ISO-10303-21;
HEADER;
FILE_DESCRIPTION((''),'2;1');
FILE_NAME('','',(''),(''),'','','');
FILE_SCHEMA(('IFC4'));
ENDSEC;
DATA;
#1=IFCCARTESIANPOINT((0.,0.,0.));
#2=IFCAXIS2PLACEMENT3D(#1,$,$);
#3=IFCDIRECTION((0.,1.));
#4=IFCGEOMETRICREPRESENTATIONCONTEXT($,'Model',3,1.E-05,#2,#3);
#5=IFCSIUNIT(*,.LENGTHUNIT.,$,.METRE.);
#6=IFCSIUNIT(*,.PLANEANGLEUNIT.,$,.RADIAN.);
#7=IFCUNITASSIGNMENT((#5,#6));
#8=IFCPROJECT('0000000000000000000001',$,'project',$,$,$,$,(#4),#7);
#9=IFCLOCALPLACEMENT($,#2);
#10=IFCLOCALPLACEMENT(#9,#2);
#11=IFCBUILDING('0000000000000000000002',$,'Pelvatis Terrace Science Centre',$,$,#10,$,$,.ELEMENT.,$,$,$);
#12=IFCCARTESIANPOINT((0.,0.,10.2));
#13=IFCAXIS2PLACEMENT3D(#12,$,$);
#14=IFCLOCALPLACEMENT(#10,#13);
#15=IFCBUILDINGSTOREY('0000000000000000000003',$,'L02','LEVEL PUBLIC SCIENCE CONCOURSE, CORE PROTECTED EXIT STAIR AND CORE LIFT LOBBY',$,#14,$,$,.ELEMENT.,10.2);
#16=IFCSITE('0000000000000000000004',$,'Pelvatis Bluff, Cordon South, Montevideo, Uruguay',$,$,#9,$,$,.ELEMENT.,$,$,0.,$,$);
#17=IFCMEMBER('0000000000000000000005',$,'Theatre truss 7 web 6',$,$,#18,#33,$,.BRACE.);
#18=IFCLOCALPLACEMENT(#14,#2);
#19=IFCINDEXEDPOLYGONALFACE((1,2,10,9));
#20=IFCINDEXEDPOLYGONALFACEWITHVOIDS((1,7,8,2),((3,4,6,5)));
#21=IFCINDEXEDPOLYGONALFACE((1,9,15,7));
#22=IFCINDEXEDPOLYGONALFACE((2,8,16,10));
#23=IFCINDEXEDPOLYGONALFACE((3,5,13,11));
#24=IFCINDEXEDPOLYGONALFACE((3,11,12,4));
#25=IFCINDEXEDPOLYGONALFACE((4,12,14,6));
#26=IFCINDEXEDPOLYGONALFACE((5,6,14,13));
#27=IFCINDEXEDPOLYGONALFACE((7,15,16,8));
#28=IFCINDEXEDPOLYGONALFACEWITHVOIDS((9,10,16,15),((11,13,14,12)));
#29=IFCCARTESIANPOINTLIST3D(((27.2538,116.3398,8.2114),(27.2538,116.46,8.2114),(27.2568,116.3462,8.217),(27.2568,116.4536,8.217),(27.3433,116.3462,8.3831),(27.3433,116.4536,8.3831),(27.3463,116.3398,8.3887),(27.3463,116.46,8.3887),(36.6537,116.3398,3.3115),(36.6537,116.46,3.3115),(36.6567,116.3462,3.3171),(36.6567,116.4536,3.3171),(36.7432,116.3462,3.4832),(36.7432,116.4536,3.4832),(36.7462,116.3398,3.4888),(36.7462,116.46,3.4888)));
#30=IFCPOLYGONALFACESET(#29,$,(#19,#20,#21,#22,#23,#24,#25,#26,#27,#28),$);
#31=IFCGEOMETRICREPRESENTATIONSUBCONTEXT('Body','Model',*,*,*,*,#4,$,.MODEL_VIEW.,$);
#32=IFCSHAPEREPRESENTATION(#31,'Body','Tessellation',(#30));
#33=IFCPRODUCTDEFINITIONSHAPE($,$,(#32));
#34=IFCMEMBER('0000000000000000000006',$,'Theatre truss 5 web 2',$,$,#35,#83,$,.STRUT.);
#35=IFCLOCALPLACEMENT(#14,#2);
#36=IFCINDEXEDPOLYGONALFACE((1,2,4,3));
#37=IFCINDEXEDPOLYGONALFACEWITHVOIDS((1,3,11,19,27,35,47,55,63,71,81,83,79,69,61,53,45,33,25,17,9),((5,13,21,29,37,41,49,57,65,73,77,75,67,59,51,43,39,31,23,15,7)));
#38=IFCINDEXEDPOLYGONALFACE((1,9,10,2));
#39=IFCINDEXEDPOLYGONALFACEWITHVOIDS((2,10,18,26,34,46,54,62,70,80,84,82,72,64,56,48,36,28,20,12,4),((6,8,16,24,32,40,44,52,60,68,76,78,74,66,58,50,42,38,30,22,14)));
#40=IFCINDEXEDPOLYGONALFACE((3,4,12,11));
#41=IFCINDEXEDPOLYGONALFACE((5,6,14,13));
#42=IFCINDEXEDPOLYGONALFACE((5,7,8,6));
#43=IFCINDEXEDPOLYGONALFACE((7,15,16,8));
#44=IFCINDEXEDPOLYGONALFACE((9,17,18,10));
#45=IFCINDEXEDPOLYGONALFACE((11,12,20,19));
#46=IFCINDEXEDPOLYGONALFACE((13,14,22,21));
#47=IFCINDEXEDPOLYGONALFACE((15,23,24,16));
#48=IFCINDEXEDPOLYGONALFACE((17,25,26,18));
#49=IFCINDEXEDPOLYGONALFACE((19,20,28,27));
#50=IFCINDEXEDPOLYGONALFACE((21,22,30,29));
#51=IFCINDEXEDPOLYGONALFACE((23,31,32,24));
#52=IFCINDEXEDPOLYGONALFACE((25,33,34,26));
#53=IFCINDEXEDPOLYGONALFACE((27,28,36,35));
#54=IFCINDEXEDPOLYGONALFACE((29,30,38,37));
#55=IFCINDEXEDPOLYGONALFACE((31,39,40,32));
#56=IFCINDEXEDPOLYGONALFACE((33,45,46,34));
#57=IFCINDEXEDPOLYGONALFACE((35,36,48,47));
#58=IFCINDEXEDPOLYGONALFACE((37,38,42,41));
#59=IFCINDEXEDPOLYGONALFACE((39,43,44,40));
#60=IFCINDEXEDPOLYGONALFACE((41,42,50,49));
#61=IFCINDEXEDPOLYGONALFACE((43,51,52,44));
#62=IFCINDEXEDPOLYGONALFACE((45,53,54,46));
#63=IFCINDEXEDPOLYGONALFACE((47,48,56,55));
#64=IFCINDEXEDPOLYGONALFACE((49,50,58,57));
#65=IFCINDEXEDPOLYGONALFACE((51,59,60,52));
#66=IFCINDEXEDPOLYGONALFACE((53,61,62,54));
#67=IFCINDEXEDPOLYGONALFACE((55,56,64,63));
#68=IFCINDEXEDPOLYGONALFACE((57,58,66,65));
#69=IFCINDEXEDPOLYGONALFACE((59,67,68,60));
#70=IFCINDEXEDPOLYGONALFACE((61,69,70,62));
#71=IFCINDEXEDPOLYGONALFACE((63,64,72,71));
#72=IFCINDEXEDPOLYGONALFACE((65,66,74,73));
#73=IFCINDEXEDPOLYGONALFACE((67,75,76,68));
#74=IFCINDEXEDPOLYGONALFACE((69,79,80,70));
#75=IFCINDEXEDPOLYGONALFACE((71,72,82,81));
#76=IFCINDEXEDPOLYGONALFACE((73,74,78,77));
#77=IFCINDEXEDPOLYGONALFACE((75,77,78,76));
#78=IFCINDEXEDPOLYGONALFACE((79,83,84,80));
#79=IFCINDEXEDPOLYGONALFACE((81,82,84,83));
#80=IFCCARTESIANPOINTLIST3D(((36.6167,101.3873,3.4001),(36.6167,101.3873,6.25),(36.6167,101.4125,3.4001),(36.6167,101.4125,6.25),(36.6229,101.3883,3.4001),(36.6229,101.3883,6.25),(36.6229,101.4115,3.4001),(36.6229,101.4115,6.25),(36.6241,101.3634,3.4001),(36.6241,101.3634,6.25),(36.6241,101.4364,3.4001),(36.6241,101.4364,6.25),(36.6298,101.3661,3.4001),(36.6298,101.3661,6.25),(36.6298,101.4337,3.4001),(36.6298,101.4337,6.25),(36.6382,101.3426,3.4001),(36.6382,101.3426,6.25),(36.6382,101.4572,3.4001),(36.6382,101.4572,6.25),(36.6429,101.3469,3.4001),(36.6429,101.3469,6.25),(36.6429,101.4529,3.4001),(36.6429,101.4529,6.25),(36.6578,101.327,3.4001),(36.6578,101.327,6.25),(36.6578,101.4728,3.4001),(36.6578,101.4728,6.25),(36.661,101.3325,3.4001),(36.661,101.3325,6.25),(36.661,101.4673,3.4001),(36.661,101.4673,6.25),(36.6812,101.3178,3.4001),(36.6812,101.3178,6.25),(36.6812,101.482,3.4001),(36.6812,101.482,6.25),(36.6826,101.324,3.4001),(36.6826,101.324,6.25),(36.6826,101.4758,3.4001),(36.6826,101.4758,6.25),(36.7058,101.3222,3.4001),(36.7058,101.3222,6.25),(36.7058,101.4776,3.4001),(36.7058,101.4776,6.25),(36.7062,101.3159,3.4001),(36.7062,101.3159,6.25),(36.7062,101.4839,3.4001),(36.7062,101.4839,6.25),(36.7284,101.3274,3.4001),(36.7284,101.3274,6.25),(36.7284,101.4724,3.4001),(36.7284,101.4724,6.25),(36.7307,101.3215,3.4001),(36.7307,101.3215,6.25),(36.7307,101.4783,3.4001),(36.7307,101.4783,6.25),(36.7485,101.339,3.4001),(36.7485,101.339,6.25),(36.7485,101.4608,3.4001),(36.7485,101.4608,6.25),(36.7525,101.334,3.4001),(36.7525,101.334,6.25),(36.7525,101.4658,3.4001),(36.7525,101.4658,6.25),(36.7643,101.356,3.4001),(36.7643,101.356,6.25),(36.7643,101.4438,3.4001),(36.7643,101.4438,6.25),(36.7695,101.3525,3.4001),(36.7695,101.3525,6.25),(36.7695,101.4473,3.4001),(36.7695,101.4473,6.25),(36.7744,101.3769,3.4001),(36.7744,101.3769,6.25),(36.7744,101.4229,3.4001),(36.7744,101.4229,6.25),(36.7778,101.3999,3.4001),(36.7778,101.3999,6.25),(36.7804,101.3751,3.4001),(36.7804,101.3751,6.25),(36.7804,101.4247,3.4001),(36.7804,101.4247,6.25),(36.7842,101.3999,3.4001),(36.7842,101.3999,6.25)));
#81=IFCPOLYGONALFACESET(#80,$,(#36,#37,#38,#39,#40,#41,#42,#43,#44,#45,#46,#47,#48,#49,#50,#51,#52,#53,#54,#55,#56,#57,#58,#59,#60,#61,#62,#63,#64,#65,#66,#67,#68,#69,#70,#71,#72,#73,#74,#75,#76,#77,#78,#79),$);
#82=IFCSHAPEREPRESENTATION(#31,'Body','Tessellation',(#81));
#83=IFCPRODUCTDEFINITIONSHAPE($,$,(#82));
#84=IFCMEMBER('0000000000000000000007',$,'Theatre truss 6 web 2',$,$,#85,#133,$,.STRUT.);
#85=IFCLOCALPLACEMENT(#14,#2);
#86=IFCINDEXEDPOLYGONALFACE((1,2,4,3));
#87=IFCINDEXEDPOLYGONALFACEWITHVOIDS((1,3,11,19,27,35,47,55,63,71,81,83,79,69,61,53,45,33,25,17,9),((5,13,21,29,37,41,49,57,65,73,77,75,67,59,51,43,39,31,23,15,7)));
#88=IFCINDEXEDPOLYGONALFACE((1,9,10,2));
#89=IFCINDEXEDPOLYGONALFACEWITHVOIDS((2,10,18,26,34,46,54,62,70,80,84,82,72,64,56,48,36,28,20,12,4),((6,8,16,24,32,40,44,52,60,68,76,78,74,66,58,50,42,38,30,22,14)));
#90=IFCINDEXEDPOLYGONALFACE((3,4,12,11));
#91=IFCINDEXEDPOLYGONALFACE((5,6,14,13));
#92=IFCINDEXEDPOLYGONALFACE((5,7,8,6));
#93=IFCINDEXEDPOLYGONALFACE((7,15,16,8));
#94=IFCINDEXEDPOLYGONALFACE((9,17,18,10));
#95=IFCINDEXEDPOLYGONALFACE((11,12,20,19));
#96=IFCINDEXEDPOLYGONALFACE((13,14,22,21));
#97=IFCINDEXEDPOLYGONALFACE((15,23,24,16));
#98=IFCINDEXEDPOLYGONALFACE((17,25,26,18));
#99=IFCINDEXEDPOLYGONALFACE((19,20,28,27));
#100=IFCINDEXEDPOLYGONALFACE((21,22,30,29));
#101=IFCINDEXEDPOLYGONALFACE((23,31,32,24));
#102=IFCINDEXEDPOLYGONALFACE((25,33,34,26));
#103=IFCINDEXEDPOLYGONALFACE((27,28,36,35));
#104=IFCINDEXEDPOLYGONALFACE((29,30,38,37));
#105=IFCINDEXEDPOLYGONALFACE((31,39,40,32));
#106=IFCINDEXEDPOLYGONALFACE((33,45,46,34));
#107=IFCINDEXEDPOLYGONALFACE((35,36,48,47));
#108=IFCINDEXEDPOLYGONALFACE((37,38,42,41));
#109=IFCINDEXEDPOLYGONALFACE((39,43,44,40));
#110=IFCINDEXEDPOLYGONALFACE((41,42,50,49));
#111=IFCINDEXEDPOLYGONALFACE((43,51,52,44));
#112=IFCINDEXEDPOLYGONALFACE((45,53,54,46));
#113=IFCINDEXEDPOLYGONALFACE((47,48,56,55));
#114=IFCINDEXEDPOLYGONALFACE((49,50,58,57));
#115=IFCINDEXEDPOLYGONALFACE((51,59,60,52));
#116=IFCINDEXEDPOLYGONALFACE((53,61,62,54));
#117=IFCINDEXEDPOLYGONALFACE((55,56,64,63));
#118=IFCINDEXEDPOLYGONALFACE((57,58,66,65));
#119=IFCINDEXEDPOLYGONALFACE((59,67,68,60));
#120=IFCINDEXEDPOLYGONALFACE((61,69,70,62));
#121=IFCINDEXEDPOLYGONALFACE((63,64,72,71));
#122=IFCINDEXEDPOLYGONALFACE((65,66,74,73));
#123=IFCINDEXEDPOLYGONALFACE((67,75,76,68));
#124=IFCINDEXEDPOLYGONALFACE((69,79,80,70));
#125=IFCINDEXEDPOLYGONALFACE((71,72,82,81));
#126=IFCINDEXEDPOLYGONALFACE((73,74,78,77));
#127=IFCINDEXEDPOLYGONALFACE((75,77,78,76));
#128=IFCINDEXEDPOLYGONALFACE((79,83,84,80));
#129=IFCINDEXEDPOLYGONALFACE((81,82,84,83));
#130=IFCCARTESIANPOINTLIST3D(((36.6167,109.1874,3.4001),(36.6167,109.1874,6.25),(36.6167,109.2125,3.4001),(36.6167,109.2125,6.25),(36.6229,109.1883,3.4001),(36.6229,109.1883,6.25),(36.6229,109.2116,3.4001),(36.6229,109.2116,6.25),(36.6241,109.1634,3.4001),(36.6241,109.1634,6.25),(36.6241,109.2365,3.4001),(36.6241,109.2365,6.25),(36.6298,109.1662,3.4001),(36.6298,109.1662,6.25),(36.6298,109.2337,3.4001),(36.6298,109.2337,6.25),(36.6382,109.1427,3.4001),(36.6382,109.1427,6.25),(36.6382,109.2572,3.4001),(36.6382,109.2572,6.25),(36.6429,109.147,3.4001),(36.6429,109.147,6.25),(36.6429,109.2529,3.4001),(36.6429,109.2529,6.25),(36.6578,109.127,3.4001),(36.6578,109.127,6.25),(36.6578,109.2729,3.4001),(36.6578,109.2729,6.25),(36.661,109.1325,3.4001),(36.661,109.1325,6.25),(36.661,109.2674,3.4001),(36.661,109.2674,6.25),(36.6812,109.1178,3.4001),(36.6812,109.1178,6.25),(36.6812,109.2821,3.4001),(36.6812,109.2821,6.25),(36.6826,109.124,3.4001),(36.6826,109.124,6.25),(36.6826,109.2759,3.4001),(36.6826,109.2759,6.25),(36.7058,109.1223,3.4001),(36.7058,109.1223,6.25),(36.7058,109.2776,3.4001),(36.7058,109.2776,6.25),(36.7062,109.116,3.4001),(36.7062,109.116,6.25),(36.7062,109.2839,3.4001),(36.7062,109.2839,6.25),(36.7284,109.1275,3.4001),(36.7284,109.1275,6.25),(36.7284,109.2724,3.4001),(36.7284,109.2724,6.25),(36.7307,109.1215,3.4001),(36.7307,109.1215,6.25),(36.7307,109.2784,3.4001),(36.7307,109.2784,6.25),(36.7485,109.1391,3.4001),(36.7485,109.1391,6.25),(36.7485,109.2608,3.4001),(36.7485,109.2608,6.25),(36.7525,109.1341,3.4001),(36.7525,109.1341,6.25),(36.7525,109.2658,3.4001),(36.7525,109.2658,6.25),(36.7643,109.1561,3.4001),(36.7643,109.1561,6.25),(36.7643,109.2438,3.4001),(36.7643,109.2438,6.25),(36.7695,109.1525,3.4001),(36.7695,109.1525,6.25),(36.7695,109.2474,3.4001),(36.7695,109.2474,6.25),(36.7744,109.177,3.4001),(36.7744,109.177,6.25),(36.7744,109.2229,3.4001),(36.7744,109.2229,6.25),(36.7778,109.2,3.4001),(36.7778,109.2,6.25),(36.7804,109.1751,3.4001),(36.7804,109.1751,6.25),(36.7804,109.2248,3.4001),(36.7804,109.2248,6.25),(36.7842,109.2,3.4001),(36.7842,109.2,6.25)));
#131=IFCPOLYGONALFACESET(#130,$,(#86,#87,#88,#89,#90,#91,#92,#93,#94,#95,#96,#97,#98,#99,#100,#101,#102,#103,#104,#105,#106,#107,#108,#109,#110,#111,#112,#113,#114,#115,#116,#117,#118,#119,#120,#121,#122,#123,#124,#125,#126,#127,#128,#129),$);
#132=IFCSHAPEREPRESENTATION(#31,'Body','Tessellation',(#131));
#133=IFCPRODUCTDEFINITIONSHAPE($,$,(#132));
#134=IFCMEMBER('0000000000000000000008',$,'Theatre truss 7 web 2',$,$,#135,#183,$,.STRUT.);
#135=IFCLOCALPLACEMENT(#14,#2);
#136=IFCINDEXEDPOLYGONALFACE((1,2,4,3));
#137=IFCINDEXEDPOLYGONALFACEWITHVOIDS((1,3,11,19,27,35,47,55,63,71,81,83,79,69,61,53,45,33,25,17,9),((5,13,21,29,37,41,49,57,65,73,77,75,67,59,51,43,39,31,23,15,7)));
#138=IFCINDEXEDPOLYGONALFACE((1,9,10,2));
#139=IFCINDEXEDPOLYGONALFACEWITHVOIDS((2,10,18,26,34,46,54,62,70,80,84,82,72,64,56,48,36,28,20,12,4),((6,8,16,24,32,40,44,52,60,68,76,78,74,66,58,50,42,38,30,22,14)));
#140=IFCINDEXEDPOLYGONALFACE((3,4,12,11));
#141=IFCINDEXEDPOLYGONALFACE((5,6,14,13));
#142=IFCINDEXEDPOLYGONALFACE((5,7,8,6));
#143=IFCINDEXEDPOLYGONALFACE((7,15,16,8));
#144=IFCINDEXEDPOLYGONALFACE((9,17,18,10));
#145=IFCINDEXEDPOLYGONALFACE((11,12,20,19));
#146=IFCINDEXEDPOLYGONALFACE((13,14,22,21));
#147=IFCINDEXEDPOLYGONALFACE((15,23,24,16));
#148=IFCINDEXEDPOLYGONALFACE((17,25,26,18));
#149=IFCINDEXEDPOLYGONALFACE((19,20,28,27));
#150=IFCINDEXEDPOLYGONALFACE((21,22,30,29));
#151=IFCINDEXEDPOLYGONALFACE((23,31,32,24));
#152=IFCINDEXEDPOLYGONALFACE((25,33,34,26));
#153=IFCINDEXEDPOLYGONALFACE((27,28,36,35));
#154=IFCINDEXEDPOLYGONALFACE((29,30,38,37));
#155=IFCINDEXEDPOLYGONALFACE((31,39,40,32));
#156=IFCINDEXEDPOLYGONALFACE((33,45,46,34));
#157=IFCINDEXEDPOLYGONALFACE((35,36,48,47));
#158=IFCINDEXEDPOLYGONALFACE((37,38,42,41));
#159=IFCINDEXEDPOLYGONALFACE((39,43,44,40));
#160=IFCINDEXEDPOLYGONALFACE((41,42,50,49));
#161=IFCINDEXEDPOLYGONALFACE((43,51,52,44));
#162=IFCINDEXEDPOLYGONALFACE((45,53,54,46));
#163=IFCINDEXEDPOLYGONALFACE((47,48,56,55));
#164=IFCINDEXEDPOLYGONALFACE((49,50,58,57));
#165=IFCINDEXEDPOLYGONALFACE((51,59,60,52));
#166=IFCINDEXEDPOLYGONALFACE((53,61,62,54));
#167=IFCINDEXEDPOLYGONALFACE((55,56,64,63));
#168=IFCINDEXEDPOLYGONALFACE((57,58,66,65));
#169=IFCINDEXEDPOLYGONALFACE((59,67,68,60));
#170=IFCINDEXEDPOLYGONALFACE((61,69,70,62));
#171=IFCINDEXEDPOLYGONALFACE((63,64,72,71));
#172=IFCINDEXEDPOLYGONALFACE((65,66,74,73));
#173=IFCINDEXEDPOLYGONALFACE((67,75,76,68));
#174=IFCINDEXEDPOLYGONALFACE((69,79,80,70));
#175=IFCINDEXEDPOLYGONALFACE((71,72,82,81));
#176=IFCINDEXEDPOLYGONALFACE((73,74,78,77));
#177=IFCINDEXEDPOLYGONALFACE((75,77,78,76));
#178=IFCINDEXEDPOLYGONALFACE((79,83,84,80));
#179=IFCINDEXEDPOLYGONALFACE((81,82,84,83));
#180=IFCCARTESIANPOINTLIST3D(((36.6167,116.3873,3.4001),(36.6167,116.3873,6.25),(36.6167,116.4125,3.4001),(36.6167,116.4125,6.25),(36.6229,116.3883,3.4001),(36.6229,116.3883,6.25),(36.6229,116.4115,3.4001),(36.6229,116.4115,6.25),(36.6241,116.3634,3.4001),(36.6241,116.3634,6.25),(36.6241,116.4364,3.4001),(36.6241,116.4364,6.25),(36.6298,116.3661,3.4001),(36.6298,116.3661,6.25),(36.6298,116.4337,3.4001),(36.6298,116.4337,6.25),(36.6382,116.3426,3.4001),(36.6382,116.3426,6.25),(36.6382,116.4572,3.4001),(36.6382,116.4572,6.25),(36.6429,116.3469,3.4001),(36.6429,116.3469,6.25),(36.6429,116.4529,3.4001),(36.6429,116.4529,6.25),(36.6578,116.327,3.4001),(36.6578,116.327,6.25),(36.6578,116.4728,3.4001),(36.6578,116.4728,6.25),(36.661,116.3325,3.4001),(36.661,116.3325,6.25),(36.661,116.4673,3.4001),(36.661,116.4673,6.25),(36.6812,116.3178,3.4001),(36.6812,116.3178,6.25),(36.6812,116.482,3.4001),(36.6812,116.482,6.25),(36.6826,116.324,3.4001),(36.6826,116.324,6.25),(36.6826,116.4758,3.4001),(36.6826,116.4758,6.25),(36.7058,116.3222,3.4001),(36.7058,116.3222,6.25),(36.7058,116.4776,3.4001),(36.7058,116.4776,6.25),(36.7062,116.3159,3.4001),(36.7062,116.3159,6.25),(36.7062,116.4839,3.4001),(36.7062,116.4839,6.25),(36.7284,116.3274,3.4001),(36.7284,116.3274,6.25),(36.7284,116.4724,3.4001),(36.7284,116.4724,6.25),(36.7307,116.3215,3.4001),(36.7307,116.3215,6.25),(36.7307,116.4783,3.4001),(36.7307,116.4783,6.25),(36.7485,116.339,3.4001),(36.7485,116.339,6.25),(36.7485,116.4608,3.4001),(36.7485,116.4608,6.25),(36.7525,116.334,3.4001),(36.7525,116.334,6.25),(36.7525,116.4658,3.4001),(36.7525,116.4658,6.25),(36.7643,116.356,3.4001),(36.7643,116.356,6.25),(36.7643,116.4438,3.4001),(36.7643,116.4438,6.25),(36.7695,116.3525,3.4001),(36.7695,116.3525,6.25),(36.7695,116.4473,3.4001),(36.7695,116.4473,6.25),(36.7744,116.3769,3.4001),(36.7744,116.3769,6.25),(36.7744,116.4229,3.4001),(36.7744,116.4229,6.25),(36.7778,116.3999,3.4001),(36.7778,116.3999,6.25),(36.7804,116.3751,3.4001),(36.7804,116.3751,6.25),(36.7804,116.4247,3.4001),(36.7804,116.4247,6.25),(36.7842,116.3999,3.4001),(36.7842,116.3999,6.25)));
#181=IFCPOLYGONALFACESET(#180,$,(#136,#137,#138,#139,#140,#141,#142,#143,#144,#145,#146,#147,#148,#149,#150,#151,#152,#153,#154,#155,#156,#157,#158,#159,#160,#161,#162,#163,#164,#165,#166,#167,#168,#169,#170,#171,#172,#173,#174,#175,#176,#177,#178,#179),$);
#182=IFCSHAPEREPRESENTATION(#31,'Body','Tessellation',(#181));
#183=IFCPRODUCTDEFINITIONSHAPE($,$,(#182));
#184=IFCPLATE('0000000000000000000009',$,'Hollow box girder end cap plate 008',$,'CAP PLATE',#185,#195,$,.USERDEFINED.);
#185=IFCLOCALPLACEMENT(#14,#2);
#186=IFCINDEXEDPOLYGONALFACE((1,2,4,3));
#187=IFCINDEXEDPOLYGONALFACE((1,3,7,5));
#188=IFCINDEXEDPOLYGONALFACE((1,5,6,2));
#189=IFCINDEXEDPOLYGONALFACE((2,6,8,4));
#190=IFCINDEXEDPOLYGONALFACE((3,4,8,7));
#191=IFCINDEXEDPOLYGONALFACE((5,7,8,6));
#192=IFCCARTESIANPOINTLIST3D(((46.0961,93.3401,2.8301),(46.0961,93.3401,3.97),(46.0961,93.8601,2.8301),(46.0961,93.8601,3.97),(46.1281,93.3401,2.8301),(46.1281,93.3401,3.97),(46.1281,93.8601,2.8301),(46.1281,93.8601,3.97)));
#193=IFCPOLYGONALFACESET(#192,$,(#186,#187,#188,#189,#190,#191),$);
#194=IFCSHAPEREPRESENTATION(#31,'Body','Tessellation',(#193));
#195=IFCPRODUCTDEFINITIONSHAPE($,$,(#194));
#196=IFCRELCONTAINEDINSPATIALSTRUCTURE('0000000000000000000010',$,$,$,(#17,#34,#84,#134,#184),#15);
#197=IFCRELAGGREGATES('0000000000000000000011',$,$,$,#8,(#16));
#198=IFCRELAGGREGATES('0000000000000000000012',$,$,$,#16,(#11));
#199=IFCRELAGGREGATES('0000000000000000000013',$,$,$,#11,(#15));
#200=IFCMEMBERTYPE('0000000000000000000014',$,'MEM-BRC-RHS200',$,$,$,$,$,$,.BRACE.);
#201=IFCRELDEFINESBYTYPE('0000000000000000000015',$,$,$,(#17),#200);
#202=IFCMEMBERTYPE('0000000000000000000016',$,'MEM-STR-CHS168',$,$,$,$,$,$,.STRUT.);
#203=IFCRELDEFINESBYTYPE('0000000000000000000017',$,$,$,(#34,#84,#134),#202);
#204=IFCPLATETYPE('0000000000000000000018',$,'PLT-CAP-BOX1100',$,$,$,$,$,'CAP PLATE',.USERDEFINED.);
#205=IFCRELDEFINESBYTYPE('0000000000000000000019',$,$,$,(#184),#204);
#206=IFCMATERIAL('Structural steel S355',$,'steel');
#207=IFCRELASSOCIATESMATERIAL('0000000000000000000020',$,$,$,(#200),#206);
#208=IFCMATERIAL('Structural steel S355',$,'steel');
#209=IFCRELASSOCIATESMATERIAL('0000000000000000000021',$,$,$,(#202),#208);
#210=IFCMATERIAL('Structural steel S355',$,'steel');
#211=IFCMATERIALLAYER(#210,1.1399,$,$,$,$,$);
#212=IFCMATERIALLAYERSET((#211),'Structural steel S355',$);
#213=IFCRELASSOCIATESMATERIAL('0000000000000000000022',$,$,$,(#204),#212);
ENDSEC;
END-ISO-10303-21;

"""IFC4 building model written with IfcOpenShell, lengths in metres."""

from ifc_helpers import new_model, si_unit, direction, frame, origin, origin_2d, place, context, subcontext, project, spatial, rectangle, hollow_rectangle, hollow_circle, extrude, material, layer, layer_set, material_profile, profile_set, type_object, element, save


model = new_model("IFC4")

# Units and contexts
model_context = context("Model", 3, precision=1e-05, world=origin(), true_north=direction((0.0, 1.0)))
body_context = subcontext(model_context, "Body", "Model", "MODEL_VIEW")
ifc_project = project(units=[si_unit("LENGTHUNIT", "METRE"), si_unit("PLANEANGLEUNIT", "RADIAN")], contexts=[model_context])

# Site, building, storey
site_placement = place(None, origin())
site = spatial("IfcSite", under=ifc_project, at=site_placement, Name="Pelvatis Bluff, Cordon South, Montevideo, Uruguay", CompositionType="ELEMENT", RefElevation=0.0)
building_placement = place(site_placement, origin())
building = spatial("IfcBuilding", under=site, at=building_placement, Name="Pelvatis Terrace Science Centre", CompositionType="ELEMENT")
storey_placement = place(building_placement, frame((0.0, 0.0, 10.2)))
storey = spatial("IfcBuildingStorey", under=building, at=storey_placement, Name="L02", Description="LEVEL PUBLIC SCIENCE CONCOURSE, CORE PROTECTED EXIT STAIR AND CORE LIFT LOBBY", CompositionType="ELEMENT", Elevation=10.2)

# Members
ifc_material_1 = material(Name="Structural steel S355", Category="steel")
ifc_material_profile_1 = material_profile(ifc_material_1, hollow_rectangle(XDim=0.1201, YDim=0.2, WallThickness=0.0063, at=origin_2d()), Name="RHS 200x120x6.3")
ifc_profile_set_1 = profile_set([ifc_material_profile_1], Name="Structural steel S355")
member_type_1 = type_object("IfcMemberType", Name="MEM-BRC-RHS200", PredefinedType="BRACE", material=ifc_profile_set_1)
for number, where, z_axis, x_axis, name in (
    (1, (36.7, 116.3999, 3.4001), (-0.886755, 0.0, 0.46224), (0.0, -1.0, 0.0), "Theatre truss 7 web 6"),
):
    element("IfcMember", number, at=place(storey_placement, frame(where, z_axis=z_axis, x_axis=x_axis)), inside=storey, type_object=member_type_1, Name=name, PredefinedType="BRACE", context=body_context, shape_type="SweptSolid", body=[
        extrude(hollow_rectangle(XDim=0.1201, YDim=0.2, WallThickness=0.0063, at=origin_2d()), origin(), (0.0, 0.0, 1.0), 10.6003),
    ])
ifc_material_2 = material(Name="Structural steel S355", Category="steel")
ifc_material_profile_2 = material_profile(ifc_material_2, hollow_circle(Radius=0.0842, WallThickness=0.0063, at=origin_2d()), Name="CHS 168.3x6.3")
ifc_profile_set_2 = profile_set([ifc_material_profile_2], Name="Structural steel S355")
member_type_2 = type_object("IfcMemberType", Name="MEM-STR-CHS168", PredefinedType="STRUT", material=ifc_profile_set_2)
for number, where, z_axis, x_axis, name in (
    (2, (36.7, 101.3999, 3.4001), (0.0, 0.0, 1.0), (1.0, 0.0, 0.0), "Theatre truss 5 web 2"),
    (3, (36.7, 109.2, 3.4001), (0.0, 0.0, 1.0), (1.0, 0.0, 0.0), "Theatre truss 6 web 2"),
    (4, (36.7, 116.3999, 3.4001), (0.0, 0.0, 1.0), (1.0, 0.0, 0.0), "Theatre truss 7 web 2"),
):
    element("IfcMember", number, at=place(storey_placement, frame(where, z_axis=z_axis, x_axis=x_axis)), inside=storey, type_object=member_type_2, Name=name, PredefinedType="STRUT", context=body_context, shape_type="SweptSolid", body=[
        extrude(hollow_circle(Radius=0.0842, WallThickness=0.0063, at=origin_2d()), origin(), (0.0, 0.0, 1.0), 2.8499),
    ])

# Plate
ifc_material_3 = material(Name="Structural steel S355", Category="steel")
ifc_layer_1 = layer(ifc_material_3, 1.1399)
ifc_layer_set_1 = layer_set([ifc_layer_1], Name="Structural steel S355")
plate_type_1 = type_object("IfcPlateType", Name="PLT-CAP-BOX1100", ElementType="CAP PLATE", PredefinedType="USERDEFINED", material=ifc_layer_set_1)
for number, where, z_axis, x_axis, name in (
    (5, (46.1121, 93.6001, 2.8301), (0.0, 0.0, 1.0), (1.0, 0.0, 0.0), "Hollow box girder end cap plate 008"),
):
    element("IfcPlate", number, at=place(storey_placement, frame(where, z_axis=z_axis, x_axis=x_axis)), inside=storey, type_object=plate_type_1, Name=name, ObjectType="CAP PLATE", PredefinedType="USERDEFINED", context=body_context, shape_type="SweptSolid", body=[
        extrude(rectangle(XDim=0.032, YDim=0.52, at=origin_2d()), origin(), (0.0, 0.0, 1.0), 1.1399),
    ])

save(model, "model.ifc")
